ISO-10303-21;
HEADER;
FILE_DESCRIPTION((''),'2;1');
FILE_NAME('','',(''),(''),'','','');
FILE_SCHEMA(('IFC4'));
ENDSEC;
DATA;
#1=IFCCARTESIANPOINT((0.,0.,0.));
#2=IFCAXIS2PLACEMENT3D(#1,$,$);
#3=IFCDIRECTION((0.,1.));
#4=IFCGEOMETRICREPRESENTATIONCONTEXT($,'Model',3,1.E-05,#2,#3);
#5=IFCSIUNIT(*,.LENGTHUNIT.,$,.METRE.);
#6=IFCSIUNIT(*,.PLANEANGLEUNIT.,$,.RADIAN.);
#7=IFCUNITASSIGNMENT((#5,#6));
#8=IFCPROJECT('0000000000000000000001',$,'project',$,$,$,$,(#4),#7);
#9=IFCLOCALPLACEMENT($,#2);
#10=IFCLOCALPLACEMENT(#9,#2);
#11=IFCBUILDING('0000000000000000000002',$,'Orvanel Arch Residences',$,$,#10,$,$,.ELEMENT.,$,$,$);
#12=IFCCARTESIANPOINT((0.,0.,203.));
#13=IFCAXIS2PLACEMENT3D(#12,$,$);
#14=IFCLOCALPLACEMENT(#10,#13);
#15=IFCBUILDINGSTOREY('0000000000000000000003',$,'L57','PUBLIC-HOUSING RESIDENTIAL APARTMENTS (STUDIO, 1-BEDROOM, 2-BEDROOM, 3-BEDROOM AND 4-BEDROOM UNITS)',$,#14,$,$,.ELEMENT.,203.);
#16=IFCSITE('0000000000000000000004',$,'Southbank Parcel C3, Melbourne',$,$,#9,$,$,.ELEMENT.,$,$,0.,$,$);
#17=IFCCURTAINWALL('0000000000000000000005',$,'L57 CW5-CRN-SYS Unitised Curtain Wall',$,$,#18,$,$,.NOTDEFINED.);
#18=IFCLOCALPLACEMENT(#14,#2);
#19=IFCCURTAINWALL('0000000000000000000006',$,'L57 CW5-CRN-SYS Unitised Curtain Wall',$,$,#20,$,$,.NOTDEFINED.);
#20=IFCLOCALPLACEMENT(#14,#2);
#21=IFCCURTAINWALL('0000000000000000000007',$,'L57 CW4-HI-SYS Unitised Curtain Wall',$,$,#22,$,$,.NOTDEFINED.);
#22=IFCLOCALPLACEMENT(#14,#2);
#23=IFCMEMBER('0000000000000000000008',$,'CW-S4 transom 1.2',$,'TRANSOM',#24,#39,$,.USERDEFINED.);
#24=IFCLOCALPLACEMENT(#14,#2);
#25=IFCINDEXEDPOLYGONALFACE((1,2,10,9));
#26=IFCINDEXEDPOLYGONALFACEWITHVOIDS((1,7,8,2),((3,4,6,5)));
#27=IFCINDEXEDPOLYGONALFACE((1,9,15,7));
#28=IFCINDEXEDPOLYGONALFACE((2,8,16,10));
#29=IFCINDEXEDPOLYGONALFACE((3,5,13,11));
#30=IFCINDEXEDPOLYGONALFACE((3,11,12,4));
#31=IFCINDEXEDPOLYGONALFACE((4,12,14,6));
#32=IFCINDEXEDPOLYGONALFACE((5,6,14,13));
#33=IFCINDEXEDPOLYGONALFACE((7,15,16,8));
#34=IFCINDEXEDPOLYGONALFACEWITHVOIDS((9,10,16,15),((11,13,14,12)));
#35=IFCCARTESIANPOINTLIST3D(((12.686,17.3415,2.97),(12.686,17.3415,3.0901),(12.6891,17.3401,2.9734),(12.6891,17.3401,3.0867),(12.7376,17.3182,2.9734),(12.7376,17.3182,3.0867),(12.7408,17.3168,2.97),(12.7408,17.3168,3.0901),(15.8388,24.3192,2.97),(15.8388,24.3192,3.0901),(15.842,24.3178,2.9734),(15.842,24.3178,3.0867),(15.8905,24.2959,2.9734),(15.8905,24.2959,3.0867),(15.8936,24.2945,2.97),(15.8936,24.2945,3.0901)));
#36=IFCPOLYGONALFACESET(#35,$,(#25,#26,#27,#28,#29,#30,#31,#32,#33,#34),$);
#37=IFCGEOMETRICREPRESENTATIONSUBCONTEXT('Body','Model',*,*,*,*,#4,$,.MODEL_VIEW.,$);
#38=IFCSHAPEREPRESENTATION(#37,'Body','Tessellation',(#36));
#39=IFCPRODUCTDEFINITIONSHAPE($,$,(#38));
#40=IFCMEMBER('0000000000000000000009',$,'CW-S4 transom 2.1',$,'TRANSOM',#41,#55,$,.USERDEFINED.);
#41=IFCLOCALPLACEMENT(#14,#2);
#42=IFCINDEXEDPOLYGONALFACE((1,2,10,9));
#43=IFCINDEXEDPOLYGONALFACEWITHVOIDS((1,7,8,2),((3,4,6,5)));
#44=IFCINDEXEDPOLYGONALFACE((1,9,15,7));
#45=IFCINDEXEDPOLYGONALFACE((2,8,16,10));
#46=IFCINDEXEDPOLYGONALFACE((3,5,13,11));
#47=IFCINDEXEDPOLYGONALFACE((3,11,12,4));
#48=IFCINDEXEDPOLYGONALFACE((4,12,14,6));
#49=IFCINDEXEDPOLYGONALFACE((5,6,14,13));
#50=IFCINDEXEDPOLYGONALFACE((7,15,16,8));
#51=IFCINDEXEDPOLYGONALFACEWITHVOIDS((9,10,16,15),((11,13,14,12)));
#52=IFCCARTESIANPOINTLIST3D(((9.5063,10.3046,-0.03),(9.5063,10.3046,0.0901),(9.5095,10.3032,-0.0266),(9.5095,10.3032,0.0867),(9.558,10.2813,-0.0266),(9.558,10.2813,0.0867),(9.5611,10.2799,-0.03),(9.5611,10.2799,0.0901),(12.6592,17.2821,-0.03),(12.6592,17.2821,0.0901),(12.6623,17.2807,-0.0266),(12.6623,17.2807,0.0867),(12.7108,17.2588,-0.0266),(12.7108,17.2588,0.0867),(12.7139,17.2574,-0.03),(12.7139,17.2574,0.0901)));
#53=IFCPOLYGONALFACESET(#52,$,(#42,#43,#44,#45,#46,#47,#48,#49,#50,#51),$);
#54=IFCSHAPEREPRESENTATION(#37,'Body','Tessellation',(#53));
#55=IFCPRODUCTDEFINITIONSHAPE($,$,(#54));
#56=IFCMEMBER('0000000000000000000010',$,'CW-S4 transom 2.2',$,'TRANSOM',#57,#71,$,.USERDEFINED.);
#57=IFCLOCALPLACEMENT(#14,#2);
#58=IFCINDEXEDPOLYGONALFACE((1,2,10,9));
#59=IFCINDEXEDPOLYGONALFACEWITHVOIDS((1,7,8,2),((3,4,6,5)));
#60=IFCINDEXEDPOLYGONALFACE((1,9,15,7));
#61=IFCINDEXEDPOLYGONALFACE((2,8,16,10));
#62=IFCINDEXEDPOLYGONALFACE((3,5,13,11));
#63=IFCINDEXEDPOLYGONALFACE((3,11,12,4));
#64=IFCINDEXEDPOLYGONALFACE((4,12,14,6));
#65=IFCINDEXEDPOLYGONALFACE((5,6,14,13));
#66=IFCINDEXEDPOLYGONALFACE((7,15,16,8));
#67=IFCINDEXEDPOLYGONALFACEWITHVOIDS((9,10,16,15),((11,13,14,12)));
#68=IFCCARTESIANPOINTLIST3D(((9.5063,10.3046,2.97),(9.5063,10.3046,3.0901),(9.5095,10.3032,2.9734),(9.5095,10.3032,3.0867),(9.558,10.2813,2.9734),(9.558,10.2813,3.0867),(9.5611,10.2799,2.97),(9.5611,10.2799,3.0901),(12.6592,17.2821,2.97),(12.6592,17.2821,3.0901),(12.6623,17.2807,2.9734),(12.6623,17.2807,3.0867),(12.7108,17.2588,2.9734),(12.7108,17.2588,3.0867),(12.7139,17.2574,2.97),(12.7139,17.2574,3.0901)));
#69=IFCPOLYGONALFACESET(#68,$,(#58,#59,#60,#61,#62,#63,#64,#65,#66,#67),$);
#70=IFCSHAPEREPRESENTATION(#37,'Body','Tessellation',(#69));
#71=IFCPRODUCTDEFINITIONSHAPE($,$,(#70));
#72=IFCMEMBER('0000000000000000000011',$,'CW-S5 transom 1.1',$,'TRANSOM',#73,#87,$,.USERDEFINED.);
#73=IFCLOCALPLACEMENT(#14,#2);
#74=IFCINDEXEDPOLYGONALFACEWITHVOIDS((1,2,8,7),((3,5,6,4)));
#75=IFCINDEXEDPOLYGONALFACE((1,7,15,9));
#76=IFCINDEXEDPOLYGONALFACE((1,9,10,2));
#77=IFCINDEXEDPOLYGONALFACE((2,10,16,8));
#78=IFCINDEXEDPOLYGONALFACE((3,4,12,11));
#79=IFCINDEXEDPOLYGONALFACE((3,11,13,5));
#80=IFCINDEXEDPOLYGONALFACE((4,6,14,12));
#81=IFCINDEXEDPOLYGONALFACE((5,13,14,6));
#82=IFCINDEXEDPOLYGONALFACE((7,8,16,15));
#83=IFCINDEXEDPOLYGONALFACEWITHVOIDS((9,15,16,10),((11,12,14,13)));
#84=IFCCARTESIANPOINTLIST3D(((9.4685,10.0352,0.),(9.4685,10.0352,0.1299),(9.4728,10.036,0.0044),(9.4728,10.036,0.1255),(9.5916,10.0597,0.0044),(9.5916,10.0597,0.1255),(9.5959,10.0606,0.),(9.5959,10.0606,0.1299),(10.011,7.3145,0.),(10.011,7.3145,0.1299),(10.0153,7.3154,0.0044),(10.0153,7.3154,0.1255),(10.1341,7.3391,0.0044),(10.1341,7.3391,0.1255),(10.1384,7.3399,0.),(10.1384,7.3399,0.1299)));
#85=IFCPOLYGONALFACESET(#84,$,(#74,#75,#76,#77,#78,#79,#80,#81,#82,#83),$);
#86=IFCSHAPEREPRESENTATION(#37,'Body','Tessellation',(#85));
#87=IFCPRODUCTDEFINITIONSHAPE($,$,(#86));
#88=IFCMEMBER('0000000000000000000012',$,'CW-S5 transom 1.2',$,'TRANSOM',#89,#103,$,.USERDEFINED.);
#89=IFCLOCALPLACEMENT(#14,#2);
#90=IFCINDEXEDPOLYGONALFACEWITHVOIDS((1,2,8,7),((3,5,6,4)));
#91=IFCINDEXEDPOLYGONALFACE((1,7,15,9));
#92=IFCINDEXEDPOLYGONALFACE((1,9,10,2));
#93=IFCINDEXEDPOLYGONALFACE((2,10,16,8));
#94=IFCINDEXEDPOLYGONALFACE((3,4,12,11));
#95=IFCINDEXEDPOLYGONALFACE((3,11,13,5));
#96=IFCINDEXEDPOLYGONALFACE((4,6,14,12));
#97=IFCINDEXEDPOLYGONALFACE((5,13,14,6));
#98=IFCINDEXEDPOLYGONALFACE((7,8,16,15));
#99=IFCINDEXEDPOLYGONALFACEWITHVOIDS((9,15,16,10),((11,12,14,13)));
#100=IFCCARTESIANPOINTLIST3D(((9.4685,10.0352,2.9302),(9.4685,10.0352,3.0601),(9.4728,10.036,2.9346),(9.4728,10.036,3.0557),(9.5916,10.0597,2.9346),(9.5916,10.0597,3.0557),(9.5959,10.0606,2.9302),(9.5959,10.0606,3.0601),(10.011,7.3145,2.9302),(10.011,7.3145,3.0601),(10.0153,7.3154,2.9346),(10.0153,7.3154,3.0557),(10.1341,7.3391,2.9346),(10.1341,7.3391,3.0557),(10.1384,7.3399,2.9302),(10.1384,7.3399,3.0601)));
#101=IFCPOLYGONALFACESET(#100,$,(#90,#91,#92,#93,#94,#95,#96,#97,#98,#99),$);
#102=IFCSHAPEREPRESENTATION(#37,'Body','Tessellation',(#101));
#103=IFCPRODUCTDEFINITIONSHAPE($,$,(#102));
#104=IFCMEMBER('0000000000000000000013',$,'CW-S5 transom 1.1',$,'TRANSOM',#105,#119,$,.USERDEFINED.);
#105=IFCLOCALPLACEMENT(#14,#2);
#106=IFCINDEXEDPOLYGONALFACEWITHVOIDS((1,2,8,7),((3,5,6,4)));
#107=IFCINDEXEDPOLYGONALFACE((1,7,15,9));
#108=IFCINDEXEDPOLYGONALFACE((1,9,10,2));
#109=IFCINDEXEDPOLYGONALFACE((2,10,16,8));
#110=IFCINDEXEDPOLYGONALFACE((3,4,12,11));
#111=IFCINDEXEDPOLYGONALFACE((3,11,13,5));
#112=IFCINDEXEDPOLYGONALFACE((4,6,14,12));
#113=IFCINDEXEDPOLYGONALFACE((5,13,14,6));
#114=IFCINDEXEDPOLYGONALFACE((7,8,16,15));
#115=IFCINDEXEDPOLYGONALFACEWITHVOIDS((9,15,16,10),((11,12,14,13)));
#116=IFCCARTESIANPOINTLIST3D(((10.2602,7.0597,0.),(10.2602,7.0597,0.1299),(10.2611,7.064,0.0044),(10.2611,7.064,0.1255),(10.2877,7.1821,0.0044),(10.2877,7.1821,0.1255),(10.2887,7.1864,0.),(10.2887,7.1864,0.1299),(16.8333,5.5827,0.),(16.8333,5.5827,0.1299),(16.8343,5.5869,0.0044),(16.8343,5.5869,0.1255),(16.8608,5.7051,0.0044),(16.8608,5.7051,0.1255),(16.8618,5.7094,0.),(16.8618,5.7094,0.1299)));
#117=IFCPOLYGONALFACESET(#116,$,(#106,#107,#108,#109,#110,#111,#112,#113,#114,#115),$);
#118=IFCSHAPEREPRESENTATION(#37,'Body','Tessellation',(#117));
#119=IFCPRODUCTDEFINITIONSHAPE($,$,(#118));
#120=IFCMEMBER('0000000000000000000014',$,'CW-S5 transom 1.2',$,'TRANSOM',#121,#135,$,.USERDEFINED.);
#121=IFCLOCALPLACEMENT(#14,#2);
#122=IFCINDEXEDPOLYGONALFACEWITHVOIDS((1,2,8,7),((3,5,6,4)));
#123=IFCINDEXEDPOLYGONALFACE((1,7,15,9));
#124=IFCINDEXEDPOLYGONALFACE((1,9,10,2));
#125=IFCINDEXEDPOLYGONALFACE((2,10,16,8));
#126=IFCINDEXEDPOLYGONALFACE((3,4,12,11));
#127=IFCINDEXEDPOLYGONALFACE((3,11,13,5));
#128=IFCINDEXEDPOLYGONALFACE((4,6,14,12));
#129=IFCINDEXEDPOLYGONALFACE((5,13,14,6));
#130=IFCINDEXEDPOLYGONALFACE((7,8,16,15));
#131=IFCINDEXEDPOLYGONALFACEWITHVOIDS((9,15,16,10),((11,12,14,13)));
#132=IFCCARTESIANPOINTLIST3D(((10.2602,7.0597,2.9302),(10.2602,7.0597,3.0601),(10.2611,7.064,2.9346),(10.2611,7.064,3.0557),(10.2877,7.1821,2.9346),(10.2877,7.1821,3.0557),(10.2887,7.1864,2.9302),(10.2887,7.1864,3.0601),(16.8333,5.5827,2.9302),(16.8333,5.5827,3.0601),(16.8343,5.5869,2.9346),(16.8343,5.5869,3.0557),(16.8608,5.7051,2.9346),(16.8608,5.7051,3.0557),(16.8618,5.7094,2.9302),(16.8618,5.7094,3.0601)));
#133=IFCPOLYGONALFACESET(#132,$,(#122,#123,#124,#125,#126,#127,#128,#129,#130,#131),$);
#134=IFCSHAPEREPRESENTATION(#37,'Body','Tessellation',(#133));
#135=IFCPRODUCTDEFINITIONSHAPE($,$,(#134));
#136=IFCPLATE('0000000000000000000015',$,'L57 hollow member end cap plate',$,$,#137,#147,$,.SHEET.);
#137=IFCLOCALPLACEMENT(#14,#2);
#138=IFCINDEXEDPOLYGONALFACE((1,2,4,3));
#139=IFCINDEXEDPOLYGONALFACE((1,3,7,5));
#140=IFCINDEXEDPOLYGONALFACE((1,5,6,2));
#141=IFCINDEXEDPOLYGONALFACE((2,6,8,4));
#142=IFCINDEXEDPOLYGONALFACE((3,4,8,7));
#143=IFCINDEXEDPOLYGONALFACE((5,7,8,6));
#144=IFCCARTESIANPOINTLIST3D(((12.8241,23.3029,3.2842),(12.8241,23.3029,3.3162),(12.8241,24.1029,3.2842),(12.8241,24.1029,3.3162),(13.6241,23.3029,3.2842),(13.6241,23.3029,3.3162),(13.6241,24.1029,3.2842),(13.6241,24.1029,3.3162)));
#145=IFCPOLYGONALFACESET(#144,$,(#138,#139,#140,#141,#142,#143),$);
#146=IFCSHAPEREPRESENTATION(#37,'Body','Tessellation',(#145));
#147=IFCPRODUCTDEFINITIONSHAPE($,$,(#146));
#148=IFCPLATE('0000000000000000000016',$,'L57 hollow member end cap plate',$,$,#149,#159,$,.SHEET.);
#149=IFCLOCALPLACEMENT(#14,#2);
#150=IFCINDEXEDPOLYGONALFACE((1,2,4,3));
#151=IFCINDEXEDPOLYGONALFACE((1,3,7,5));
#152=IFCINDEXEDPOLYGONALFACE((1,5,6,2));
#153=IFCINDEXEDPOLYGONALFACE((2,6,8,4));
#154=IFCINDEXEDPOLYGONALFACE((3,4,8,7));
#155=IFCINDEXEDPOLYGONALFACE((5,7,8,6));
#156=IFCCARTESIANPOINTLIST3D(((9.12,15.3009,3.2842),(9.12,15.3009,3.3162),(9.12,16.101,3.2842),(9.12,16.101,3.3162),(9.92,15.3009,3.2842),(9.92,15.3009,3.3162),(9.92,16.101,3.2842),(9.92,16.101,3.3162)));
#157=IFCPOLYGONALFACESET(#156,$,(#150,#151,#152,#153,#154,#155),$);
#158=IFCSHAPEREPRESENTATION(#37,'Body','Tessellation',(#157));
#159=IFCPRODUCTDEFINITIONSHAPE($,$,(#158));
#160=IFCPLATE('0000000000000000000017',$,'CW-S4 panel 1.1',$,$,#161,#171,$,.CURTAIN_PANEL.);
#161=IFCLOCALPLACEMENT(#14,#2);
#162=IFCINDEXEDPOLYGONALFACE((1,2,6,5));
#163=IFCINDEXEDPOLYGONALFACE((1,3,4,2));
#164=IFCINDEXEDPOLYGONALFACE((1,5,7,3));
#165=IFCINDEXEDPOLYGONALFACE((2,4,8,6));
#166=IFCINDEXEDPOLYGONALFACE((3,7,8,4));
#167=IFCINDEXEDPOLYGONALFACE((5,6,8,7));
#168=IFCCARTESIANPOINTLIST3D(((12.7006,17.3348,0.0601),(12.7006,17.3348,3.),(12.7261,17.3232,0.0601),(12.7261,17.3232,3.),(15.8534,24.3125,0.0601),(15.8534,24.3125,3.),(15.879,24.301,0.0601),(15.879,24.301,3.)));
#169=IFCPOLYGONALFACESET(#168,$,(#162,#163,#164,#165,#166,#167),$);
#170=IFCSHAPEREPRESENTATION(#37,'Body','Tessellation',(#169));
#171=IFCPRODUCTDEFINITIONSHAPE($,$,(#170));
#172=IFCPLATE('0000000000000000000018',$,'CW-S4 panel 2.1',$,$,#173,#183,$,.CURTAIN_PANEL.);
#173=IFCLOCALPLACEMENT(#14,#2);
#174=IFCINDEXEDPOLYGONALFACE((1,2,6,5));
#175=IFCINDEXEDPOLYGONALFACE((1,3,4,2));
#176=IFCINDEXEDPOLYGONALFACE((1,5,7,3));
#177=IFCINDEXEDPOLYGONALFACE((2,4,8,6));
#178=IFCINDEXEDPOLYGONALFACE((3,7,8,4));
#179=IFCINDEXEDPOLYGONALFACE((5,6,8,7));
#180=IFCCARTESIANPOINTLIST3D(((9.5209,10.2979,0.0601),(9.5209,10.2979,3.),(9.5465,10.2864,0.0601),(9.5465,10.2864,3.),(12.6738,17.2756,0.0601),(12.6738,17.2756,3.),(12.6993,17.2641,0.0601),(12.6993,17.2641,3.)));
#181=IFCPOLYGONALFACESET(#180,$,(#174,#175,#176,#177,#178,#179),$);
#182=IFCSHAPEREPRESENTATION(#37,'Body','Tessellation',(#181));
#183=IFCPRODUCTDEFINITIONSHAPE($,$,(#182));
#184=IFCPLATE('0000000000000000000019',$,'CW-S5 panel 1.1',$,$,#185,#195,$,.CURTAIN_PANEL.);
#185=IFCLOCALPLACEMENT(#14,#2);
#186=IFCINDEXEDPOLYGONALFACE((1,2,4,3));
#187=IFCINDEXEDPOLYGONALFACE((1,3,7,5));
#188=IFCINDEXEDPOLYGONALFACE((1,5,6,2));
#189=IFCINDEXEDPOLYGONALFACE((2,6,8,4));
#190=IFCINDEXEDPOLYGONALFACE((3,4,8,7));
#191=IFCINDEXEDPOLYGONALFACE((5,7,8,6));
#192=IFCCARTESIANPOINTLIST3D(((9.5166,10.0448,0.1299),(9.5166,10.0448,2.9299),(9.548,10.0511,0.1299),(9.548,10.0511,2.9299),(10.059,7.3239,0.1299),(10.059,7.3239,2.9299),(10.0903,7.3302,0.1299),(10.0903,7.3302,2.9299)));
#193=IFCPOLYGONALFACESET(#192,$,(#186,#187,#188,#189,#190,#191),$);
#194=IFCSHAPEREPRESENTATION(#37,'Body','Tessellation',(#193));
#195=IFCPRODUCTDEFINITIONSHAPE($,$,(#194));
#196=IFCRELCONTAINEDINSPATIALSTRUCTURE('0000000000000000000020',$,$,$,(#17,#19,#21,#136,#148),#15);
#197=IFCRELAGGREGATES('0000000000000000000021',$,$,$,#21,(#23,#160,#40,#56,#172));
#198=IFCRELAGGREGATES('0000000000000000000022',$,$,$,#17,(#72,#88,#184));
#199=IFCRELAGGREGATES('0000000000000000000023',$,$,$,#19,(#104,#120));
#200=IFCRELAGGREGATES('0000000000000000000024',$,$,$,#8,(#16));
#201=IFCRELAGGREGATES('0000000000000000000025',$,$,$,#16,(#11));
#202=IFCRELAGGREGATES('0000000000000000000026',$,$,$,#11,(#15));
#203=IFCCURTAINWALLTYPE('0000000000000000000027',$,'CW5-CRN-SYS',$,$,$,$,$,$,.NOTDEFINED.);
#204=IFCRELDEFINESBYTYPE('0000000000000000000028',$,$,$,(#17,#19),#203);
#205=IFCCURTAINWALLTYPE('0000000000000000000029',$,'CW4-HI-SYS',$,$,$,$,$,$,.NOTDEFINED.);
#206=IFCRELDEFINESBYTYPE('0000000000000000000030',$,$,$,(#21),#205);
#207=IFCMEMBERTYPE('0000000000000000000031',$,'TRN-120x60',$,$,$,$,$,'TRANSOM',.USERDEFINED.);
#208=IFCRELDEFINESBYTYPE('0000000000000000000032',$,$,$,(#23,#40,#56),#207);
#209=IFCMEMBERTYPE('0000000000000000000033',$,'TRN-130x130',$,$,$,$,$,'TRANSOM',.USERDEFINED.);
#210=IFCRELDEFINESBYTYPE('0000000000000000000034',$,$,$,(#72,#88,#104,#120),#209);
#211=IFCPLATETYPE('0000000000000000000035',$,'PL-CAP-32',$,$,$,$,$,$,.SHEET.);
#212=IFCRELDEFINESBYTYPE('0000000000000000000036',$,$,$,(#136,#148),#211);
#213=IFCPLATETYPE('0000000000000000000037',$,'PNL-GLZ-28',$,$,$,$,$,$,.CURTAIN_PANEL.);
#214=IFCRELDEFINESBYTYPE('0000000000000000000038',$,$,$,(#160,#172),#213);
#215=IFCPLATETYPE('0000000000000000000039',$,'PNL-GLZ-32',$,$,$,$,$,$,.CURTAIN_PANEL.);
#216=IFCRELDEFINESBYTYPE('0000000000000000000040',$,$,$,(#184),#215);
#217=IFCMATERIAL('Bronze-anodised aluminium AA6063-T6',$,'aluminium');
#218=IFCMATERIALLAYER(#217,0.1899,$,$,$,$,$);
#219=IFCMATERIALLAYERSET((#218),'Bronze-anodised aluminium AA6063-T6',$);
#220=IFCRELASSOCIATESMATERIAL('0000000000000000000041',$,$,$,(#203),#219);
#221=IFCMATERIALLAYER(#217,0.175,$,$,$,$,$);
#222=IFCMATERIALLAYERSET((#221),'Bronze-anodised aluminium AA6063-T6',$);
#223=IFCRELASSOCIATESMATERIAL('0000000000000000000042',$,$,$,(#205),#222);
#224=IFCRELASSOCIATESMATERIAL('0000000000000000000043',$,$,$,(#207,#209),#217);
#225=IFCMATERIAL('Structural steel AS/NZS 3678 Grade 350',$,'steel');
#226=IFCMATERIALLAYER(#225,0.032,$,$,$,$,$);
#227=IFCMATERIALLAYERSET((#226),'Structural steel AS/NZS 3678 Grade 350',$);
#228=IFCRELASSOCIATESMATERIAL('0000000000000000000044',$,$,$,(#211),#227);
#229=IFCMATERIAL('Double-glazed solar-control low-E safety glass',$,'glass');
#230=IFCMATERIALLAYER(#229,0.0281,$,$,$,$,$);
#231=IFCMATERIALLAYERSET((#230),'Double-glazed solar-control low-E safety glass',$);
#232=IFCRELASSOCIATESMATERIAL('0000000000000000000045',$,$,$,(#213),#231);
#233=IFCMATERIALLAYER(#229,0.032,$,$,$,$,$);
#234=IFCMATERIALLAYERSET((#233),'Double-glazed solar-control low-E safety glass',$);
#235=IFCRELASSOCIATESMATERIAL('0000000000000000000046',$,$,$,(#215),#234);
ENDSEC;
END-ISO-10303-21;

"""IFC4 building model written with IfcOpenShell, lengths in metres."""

from ifc_helpers import new_model, si_unit, direction, frame, origin, origin_2d, place, context, subcontext, project, spatial, rectangle, hollow_rectangle, extrude, material, layer, layer_set, material_profile, profile_set, type_object, element, aggregate, save


model = new_model("IFC4")

# Units and contexts
model_context = context("Model", 3, precision=1e-05, world=origin(), true_north=direction((0.0, 1.0)))
body_context = subcontext(model_context, "Body", "Model", "MODEL_VIEW")
ifc_project = project(units=[si_unit("LENGTHUNIT", "METRE"), si_unit("PLANEANGLEUNIT", "RADIAN")], contexts=[model_context])

# Site, building, storey
site_placement = place(None, origin())
site = spatial("IfcSite", under=ifc_project, at=site_placement, Name="Southbank Parcel C3, Melbourne", CompositionType="ELEMENT", RefElevation=0.0)
building_placement = place(site_placement, origin())
building = spatial("IfcBuilding", under=site, at=building_placement, Name="Orvanel Arch Residences", CompositionType="ELEMENT")
storey_placement = place(building_placement, frame((0.0, 0.0, 203.0)))
storey = spatial("IfcBuildingStorey", under=building, at=storey_placement, Name="L57", Description="PUBLIC-HOUSING RESIDENTIAL APARTMENTS (STUDIO, 1-BEDROOM, 2-BEDROOM, 3-BEDROOM AND 4-BEDROOM UNITS)", CompositionType="ELEMENT", Elevation=203.0)

# Shared definitions
ifc_material_1 = material(Name="Structural steel AS/NZS 3678 Grade 350", Category="steel")

# Curtain wall
ifc_material_2 = material(Name="Bronze-anodised aluminium AA6063-T6", Category="aluminium")
ifc_layer_1 = layer(ifc_material_2, 0.1899)
ifc_layer_set_1 = layer_set([ifc_layer_1], Name="Bronze-anodised aluminium AA6063-T6")
curtain_wall_type_1 = type_object("IfcCurtainWallType", Name="CW5-CRN-SYS", PredefinedType="NOTDEFINED", material=ifc_layer_set_1)
curtain_wall_1_placement = place(storey_placement, origin())
curtain_wall_1 = element("IfcCurtainWall", 1, at=curtain_wall_1_placement, inside=storey, type_object=curtain_wall_type_1, Name="L57 CW5-CRN-SYS Unitised Curtain Wall", PredefinedType="NOTDEFINED")

# Curtain wall
curtain_wall_2_placement = place(storey_placement, origin())
curtain_wall_2 = element("IfcCurtainWall", 2, at=curtain_wall_2_placement, inside=storey, type_object=curtain_wall_type_1, Name="L57 CW5-CRN-SYS Unitised Curtain Wall", PredefinedType="NOTDEFINED")

# Curtain wall
ifc_layer_2 = layer(ifc_material_2, 0.175)
ifc_layer_set_2 = layer_set([ifc_layer_2], Name="Bronze-anodised aluminium AA6063-T6")
curtain_wall_type_2 = type_object("IfcCurtainWallType", Name="CW4-HI-SYS", PredefinedType="NOTDEFINED", material=ifc_layer_set_2)
curtain_wall_3_placement = place(storey_placement, origin())
curtain_wall_3 = element("IfcCurtainWall", 3, at=curtain_wall_3_placement, inside=storey, type_object=curtain_wall_type_2, Name="L57 CW4-HI-SYS Unitised Curtain Wall", PredefinedType="NOTDEFINED")

# Members
ifc_material_profile_1 = material_profile(ifc_material_2, hollow_rectangle(XDim=0.0601, YDim=0.1201, WallThickness=0.0034, at=origin_2d()), Name="ALU120x60x3.5")
ifc_profile_set_1 = profile_set([ifc_material_profile_1], Name="Bronze-anodised aluminium AA6063-T6")
member_type_1 = type_object("IfcMemberType", Name="TRN-120x60", ElementType="TRANSOM", PredefinedType="USERDEFINED", material=ifc_profile_set_1)
member_1_placement = place(storey_placement, frame((15.8662, 24.3069, 3.03), z_axis=(-0.411758, -0.911293, 0.0), x_axis=(0.911293, -0.411758, 0.0)))
member_1 = element("IfcMember", 4, at=member_1_placement, type_object=member_type_1, Name="CW-S4 transom 1.2", ObjectType="TRANSOM", PredefinedType="USERDEFINED", context=body_context, shape_type="SweptSolid", body=[
    extrude(hollow_rectangle(XDim=0.0601, YDim=0.1201, WallThickness=0.0034, at=origin_2d()), origin(), (0.0, 0.0, 1.0), 7.657),
])
member_2_placement = place(storey_placement, frame((12.6865, 17.2698, 0.03), z_axis=(-0.41177, -0.911288, 0.0), x_axis=(0.911288, -0.41177, 0.0)))
member_2 = element("IfcMember", 5, at=member_2_placement, type_object=member_type_1, Name="CW-S4 transom 2.1", ObjectType="TRANSOM", PredefinedType="USERDEFINED", context=body_context, shape_type="SweptSolid", body=[
    extrude(hollow_rectangle(XDim=0.0601, YDim=0.1201, WallThickness=0.0034, at=origin_2d()), origin(), (0.0, 0.0, 1.0), 7.6567),
])
member_3_placement = place(storey_placement, frame((12.6865, 17.2698, 3.03), z_axis=(-0.41177, -0.911288, 0.0), x_axis=(0.911288, -0.41177, 0.0)))
member_3 = element("IfcMember", 6, at=member_3_placement, type_object=member_type_1, Name="CW-S4 transom 2.2", ObjectType="TRANSOM", PredefinedType="USERDEFINED", context=body_context, shape_type="SweptSolid", body=[
    extrude(hollow_rectangle(XDim=0.0601, YDim=0.1201, WallThickness=0.0034, at=origin_2d()), origin(), (0.0, 0.0, 1.0), 7.6567),
])
ifc_material_profile_2 = material_profile(ifc_material_2, hollow_rectangle(XDim=0.1299, YDim=0.1299, WallThickness=0.0044, at=origin_2d()), Name="ALU130x130x4.5")
ifc_profile_set_2 = profile_set([ifc_material_profile_2], Name="Bronze-anodised aluminium AA6063-T6")
member_type_2 = type_object("IfcMemberType", Name="TRN-130x130", ElementType="TRANSOM", PredefinedType="USERDEFINED", material=ifc_profile_set_2)
member_4_placement = place(storey_placement, frame((9.5322, 10.0479, 0.0649), z_axis=(0.195541, -0.980696, 0.0), x_axis=(0.980696, 0.195541, 0.0)))
member_4 = element("IfcMember", 7, at=member_4_placement, type_object=member_type_2, Name="CW-S5 transom 1.1", ObjectType="TRANSOM", PredefinedType="USERDEFINED", context=body_context, shape_type="SweptSolid", body=[
    extrude(hollow_rectangle(XDim=0.1299, YDim=0.1299, WallThickness=0.0044, at=origin_2d()), origin(), (0.0, 0.0, 1.0), 2.7742),
])
member_5_placement = place(storey_placement, frame((9.5322, 10.0479, 2.9951), z_axis=(0.195541, -0.980696, 0.0), x_axis=(0.980696, 0.195541, 0.0)))
member_5 = element("IfcMember", 8, at=member_5_placement, type_object=member_type_2, Name="CW-S5 transom 1.2", ObjectType="TRANSOM", PredefinedType="USERDEFINED", context=body_context, shape_type="SweptSolid", body=[
    extrude(hollow_rectangle(XDim=0.1299, YDim=0.1299, WallThickness=0.0044, at=origin_2d()), origin(), (0.0, 0.0, 1.0), 2.7742),
])
member_6_placement = place(storey_placement, frame((10.2744, 7.123, 0.0649), z_axis=(0.975671, -0.21924, 0.0), x_axis=(0.21924, 0.975671, 0.0)))
member_6 = element("IfcMember", 9, at=member_6_placement, type_object=member_type_2, Name="CW-S5 transom 1.1", ObjectType="TRANSOM", PredefinedType="USERDEFINED", context=body_context, shape_type="SweptSolid", body=[
    extrude(hollow_rectangle(XDim=0.1299, YDim=0.1299, WallThickness=0.0044, at=origin_2d()), origin(), (0.0, 0.0, 1.0), 6.7371),
])
member_7_placement = place(storey_placement, frame((10.2744, 7.123, 2.9951), z_axis=(0.975671, -0.21924, 0.0), x_axis=(0.21924, 0.975671, 0.0)))
member_7 = element("IfcMember", 10, at=member_7_placement, type_object=member_type_2, Name="CW-S5 transom 1.2", ObjectType="TRANSOM", PredefinedType="USERDEFINED", context=body_context, shape_type="SweptSolid", body=[
    extrude(hollow_rectangle(XDim=0.1299, YDim=0.1299, WallThickness=0.0044, at=origin_2d()), origin(), (0.0, 0.0, 1.0), 6.7371),
])

# Plates
ifc_layer_3 = layer(ifc_material_1, 0.032)
ifc_layer_set_3 = layer_set([ifc_layer_3], Name="Structural steel AS/NZS 3678 Grade 350")
plate_type_1 = type_object("IfcPlateType", Name="PL-CAP-32", PredefinedType="SHEET", material=ifc_layer_set_3)
for number, where, z_axis, x_axis, name in (
    (11, (13.2241, 23.7029, 3.2842), (0.0, 0.0, 1.0), (1.0, 0.0, 0.0), "L57 hollow member end cap plate"),
    (12, (9.52, 15.7009, 3.2842), (0.0, 0.0, 1.0), (1.0, 0.0, 0.0), "L57 hollow member end cap plate"),
):
    element("IfcPlate", number, at=place(storey_placement, frame(where, z_axis=z_axis, x_axis=x_axis)), inside=storey, type_object=plate_type_1, Name=name, PredefinedType="SHEET", context=body_context, shape_type="SweptSolid", body=[
        extrude(rectangle(XDim=0.8, YDim=0.8, at=origin_2d()), origin(), (0.0, 0.0, 1.0), 0.032),
    ])

# Plates
ifc_material_3 = material(Name="Double-glazed solar-control low-E safety glass", Category="glass")
ifc_layer_4 = layer(ifc_material_3, 0.0281)
ifc_layer_set_4 = layer_set([ifc_layer_4], Name="Double-glazed solar-control low-E safety glass")
plate_type_2 = type_object("IfcPlateType", Name="PNL-GLZ-28", PredefinedType="CURTAIN_PANEL", material=ifc_layer_set_4)
plate_1_placement = place(storey_placement, frame((14.2898, 20.8179, 0.0601), z_axis=(0.0, 0.0, 1.0), x_axis=(-0.411766, -0.911289, 0.0)))
plate_1 = element("IfcPlate", 13, at=plate_1_placement, type_object=plate_type_2, Name="CW-S4 panel 1.1", PredefinedType="CURTAIN_PANEL", context=body_context, shape_type="SweptSolid", body=[
    extrude(rectangle(XDim=7.657, YDim=0.0281, at=origin_2d()), origin(), (0.0, 0.0, 1.0), 2.9399),
])
plate_2_placement = place(storey_placement, frame((11.1101, 13.781, 0.0601), z_axis=(0.0, 0.0, 1.0), x_axis=(-0.411766, -0.911289, 0.0)))
plate_2 = element("IfcPlate", 14, at=plate_2_placement, type_object=plate_type_2, Name="CW-S4 panel 2.1", PredefinedType="CURTAIN_PANEL", context=body_context, shape_type="SweptSolid", body=[
    extrude(rectangle(XDim=7.657, YDim=0.0281, at=origin_2d()), origin(), (0.0, 0.0, 1.0), 2.9399),
])
aggregate(curtain_wall_3, [member_1, plate_1, member_2, member_3, plate_2])
ifc_layer_5 = layer(ifc_material_3, 0.032)
ifc_layer_set_5 = layer_set([ifc_layer_5], Name="Double-glazed solar-control low-E safety glass")
plate_type_3 = type_object("IfcPlateType", Name="PNL-GLZ-32", PredefinedType="CURTAIN_PANEL", material=ifc_layer_set_5)
plate_3_placement = place(storey_placement, frame((9.8035, 8.6875, 0.1299), z_axis=(0.0, 0.0, 1.0), x_axis=(0.195491, -0.980706, 0.0)))
plate_3 = element("IfcPlate", 15, at=plate_3_placement, type_object=plate_type_3, Name="CW-S5 panel 1.1", PredefinedType="CURTAIN_PANEL", context=body_context, shape_type="SweptSolid", body=[
    extrude(rectangle(XDim=2.7744, YDim=0.032, at=origin_2d()), origin(), (0.0, 0.0, 1.0), 2.8),
])
aggregate(curtain_wall_1, [member_4, member_5, plate_3])
aggregate(curtain_wall_2, [member_6, member_7])

save(model, "model.ifc")
